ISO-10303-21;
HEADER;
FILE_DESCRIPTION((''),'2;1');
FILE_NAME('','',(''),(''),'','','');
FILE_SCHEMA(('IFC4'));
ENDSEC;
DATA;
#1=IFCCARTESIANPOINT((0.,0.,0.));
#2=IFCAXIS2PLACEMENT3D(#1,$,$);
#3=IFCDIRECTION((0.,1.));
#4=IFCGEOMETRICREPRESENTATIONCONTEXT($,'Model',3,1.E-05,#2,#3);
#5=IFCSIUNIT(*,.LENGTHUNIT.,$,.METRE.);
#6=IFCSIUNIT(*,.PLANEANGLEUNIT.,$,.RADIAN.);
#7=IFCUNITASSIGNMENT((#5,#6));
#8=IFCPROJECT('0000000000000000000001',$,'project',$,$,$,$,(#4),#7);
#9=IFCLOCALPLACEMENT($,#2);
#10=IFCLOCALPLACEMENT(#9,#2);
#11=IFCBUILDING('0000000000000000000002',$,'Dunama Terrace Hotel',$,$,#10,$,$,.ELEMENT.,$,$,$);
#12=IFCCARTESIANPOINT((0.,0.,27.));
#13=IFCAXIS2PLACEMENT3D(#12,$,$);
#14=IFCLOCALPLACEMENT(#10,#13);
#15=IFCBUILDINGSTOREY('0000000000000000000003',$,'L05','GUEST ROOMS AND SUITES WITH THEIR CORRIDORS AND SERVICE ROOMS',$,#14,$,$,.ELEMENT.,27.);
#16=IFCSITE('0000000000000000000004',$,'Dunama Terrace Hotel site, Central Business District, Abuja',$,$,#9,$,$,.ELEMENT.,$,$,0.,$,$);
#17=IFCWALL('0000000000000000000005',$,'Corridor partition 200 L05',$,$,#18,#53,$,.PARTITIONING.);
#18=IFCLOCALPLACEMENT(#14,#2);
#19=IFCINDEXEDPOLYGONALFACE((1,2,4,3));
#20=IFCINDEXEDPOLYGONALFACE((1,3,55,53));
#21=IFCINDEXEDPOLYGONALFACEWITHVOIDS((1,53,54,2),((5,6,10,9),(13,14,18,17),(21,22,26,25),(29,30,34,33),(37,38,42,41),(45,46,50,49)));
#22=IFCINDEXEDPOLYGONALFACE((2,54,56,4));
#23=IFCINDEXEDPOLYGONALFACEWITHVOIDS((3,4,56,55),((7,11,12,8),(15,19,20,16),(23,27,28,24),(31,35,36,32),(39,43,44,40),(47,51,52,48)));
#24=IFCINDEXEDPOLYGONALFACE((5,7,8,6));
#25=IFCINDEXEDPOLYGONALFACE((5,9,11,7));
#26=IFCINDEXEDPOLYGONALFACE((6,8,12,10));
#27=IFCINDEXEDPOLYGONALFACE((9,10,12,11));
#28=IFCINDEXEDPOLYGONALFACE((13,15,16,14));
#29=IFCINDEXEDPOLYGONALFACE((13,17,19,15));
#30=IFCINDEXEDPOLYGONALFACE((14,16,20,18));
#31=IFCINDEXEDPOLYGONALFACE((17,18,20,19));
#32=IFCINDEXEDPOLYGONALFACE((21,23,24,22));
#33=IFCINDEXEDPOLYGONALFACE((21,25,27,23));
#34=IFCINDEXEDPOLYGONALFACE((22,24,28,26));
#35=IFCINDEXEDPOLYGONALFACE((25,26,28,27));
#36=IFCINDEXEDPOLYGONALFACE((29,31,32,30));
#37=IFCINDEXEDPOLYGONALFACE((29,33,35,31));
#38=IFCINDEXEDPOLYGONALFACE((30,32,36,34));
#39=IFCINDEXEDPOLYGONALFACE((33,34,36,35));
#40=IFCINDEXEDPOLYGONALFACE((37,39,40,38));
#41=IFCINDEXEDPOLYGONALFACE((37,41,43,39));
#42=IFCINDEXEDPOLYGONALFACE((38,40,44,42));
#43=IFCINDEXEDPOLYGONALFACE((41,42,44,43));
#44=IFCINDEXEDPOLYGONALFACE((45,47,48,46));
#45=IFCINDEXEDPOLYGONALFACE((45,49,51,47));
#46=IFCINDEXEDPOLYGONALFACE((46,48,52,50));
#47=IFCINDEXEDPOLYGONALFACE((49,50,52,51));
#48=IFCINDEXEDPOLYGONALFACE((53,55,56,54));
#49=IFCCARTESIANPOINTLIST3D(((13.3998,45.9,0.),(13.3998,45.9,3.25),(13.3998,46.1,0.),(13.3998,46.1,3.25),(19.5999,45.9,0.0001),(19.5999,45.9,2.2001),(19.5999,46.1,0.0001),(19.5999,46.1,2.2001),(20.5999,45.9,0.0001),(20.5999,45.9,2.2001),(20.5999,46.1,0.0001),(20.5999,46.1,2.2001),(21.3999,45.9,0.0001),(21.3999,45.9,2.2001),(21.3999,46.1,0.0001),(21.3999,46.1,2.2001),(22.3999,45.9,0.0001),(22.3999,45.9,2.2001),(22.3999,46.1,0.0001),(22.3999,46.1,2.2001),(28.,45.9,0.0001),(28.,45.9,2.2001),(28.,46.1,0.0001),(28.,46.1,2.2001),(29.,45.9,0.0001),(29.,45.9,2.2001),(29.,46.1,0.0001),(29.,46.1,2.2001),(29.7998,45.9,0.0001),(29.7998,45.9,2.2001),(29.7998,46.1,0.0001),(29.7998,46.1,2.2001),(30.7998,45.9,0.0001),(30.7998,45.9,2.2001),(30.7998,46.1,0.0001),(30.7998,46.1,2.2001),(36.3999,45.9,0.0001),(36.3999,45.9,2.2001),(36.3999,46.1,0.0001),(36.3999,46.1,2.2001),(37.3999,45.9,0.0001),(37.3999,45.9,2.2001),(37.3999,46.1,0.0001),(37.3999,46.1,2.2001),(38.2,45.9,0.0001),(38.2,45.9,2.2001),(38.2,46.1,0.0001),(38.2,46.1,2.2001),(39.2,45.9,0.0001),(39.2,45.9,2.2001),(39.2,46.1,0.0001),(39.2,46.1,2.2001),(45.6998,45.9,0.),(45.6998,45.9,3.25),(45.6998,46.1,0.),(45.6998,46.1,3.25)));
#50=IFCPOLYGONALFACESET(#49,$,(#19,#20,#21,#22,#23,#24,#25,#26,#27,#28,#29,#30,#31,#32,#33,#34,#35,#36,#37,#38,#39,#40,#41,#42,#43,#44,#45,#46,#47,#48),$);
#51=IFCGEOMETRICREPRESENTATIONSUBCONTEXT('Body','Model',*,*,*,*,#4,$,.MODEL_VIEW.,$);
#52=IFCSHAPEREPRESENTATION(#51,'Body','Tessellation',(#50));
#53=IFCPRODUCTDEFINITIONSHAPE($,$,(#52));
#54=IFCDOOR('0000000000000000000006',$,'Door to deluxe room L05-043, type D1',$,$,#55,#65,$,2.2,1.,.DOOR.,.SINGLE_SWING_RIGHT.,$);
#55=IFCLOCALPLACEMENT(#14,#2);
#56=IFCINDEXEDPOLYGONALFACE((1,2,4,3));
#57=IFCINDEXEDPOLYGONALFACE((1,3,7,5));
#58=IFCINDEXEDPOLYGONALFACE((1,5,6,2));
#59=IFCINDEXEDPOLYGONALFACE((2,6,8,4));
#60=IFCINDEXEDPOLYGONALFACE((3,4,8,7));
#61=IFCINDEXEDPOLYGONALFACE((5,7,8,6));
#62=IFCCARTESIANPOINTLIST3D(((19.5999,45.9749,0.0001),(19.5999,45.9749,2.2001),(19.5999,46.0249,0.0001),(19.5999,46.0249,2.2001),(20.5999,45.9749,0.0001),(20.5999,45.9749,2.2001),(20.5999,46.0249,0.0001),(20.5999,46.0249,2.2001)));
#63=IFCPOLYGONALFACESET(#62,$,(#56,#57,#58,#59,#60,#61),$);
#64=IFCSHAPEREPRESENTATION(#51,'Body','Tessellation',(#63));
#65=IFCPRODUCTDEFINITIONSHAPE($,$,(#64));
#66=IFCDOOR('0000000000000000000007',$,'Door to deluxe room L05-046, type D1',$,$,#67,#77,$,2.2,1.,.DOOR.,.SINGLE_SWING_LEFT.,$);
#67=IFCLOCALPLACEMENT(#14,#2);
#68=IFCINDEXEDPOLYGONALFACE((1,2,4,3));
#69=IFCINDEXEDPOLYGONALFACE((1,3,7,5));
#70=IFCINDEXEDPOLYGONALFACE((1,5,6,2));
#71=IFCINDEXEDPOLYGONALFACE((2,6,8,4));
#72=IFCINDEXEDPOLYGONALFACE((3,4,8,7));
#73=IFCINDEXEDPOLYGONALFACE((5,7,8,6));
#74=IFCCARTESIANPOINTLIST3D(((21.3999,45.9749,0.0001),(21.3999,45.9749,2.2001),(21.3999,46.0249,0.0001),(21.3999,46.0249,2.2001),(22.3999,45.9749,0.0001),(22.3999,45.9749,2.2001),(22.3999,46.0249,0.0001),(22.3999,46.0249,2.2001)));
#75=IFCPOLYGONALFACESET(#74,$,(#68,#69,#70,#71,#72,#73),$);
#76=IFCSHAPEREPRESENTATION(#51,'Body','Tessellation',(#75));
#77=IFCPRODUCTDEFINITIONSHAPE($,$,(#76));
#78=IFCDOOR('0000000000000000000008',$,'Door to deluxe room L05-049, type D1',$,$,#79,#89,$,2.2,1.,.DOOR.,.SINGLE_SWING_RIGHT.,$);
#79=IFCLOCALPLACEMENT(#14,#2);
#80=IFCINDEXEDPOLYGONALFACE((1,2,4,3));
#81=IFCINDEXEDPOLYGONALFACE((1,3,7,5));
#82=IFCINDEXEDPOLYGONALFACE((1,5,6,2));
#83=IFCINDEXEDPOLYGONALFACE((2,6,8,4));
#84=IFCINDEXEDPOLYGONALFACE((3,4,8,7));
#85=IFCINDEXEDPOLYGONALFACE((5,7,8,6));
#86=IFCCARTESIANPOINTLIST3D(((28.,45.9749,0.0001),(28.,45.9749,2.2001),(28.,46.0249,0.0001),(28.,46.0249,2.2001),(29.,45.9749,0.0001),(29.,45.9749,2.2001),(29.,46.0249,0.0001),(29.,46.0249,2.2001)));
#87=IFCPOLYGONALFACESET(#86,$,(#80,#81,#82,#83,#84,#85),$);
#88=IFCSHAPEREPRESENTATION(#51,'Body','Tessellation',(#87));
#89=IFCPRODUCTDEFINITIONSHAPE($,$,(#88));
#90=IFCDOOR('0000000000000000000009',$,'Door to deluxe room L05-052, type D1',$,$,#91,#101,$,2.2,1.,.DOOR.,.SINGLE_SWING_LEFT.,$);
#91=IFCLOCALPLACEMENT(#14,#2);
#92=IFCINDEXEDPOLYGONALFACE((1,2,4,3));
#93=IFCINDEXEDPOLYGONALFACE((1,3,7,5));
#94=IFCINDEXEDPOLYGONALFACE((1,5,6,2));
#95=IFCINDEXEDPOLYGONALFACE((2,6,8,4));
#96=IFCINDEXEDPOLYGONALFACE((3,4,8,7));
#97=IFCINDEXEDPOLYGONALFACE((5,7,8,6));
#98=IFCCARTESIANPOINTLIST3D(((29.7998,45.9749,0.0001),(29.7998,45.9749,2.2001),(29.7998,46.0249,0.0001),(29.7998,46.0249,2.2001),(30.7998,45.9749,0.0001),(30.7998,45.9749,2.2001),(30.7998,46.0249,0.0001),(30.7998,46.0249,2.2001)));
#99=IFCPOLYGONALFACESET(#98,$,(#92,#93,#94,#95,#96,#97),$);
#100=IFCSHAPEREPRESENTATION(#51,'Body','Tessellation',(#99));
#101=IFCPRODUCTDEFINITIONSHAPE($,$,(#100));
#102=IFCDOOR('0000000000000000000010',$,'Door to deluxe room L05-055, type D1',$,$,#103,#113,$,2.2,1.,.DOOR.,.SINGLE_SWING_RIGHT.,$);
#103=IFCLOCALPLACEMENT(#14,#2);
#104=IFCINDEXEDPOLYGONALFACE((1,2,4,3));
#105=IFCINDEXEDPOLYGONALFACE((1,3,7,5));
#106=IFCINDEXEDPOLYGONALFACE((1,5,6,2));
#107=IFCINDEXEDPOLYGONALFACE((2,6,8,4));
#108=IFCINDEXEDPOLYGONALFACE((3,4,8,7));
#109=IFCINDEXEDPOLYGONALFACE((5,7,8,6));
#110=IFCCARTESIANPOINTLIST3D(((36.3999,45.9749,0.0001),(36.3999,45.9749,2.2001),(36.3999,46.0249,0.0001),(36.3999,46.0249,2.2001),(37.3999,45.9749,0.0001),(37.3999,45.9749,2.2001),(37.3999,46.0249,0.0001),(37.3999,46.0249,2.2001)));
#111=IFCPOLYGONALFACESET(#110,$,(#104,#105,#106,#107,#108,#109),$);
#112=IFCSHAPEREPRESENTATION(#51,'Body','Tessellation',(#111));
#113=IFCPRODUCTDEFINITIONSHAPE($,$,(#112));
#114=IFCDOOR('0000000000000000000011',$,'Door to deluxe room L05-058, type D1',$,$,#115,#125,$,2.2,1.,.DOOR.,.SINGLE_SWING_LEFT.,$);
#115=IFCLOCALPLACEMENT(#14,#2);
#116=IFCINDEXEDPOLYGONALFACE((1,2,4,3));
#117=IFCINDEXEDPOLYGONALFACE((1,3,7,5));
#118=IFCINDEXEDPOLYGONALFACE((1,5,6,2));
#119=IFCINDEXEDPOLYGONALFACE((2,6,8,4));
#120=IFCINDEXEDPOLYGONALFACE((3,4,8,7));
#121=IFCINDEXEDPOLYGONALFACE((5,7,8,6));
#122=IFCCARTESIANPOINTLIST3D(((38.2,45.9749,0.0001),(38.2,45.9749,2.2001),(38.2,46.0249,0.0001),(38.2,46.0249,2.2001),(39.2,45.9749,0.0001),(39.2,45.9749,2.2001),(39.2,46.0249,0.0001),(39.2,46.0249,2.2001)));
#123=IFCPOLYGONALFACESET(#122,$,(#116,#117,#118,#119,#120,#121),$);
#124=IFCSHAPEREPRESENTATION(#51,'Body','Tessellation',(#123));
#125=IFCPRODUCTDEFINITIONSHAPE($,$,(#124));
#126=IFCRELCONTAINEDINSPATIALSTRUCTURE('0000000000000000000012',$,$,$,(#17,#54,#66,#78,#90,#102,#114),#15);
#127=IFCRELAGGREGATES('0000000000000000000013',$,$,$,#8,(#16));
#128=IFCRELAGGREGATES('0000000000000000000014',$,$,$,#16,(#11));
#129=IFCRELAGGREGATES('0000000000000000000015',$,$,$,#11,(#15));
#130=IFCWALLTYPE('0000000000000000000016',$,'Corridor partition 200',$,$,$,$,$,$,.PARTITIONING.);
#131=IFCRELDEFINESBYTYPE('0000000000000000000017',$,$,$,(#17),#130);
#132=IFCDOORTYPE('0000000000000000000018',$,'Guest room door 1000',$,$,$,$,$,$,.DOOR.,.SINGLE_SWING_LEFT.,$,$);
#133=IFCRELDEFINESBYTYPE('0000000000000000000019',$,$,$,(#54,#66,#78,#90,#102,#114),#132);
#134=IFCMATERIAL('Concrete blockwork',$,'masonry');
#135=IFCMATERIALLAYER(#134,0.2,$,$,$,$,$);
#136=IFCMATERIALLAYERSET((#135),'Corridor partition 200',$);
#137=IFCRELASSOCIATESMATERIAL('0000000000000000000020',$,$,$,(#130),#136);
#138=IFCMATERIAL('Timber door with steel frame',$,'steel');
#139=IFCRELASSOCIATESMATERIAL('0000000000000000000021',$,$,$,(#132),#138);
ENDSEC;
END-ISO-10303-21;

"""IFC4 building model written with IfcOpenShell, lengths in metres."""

from ifc_helpers import new_model, si_unit, direction, frame, frame_2d, origin, place, context, subcontext, project, spatial, rectangle, extrude, material, layer, layer_set, type_object, element, fill, save


model = new_model("IFC4")

# Units and contexts
model_context = context("Model", 3, precision=1e-05, world=origin(), true_north=direction((0.0, 1.0)))
body_context = subcontext(model_context, "Body", "Model", "MODEL_VIEW")
ifc_project = project(units=[si_unit("LENGTHUNIT", "METRE"), si_unit("PLANEANGLEUNIT", "RADIAN")], contexts=[model_context])

# Site, building, storey
site_placement = place(None, origin())
site = spatial("IfcSite", under=ifc_project, at=site_placement, Name="Dunama Terrace Hotel site, Central Business District, Abuja", CompositionType="ELEMENT", RefElevation=0.0)
building_placement = place(site_placement, origin())
building = spatial("IfcBuilding", under=site, at=building_placement, Name="Dunama Terrace Hotel", CompositionType="ELEMENT")
storey_placement = place(building_placement, frame((0.0, 0.0, 27.0)))
storey = spatial("IfcBuildingStorey", under=building, at=storey_placement, Name="L05", Description="GUEST ROOMS AND SUITES WITH THEIR CORRIDORS AND SERVICE ROOMS", CompositionType="ELEMENT", Elevation=27.0)

# Shared definitions
ifc_material_1 = material(Name="Concrete blockwork", Category="masonry")
ifc_layer_1 = layer(ifc_material_1, 0.2)
ifc_layer_set_1 = layer_set([ifc_layer_1], Name="Corridor partition 200")
wall_type_1 = type_object("IfcWallType", Name="Corridor partition 200", PredefinedType="PARTITIONING", material=ifc_layer_set_1)
ifc_material_2 = material(Name="Timber door with steel frame", Category="steel")
door_type_1 = type_object("IfcDoorType", Name="Guest room door 1000", OperationType="SINGLE_SWING_LEFT", PredefinedType="DOOR", material=ifc_material_2)

# Wall, openings, doors
wall_1_placement = place(storey_placement, frame((13.3999, 46.0, 0.0), z_axis=(0.0, 0.0, 1.0), x_axis=(1.0, 0.0, 0.0)))
wall_1 = element("IfcWall", 1, at=wall_1_placement, inside=storey, type_object=wall_type_1, Name="Corridor partition 200 L05", PredefinedType="PARTITIONING", context=body_context, shape_type="SweptSolid", body=[
    extrude(rectangle(XDim=32.3, YDim=0.2, at=frame_2d((16.1499, 0.0))), origin(), (0.0, 0.0, 1.0), 3.25),
])
opening_1_placement = place(wall_1_placement, frame((6.2, 0.0, 0.0)))
opening_1 = element("IfcOpeningElement", 2, at=opening_1_placement, cuts=wall_1, PredefinedType="OPENING", context=body_context, shape_type="SweptSolid", body=[
    extrude(rectangle(XDim=1.0, YDim=2.2, at=frame_2d((0.5, 1.1001))), frame((0.0, 0.1099, 0.0), z_axis=(0.0, -1.0, 0.0), x_axis=(1.0, 0.0, 0.0)), (0.0, 0.0, 1.0), 0.22),
])
opening_2_placement = place(wall_1_placement, frame((8.0, 0.0, 0.0)))
opening_2 = element("IfcOpeningElement", 3, at=opening_2_placement, cuts=wall_1, PredefinedType="OPENING", context=body_context, shape_type="SweptSolid", body=[
    extrude(rectangle(XDim=1.0, YDim=2.2, at=frame_2d((0.5, 1.1001))), frame((0.0, 0.1099, 0.0), z_axis=(0.0, -1.0, 0.0), x_axis=(1.0, 0.0, 0.0)), (0.0, 0.0, 1.0), 0.22),
])
opening_3_placement = place(wall_1_placement, frame((14.6001, 0.0, 0.0)))
opening_3 = element("IfcOpeningElement", 4, at=opening_3_placement, cuts=wall_1, PredefinedType="OPENING", context=body_context, shape_type="SweptSolid", body=[
    extrude(rectangle(XDim=1.0, YDim=2.2, at=frame_2d((0.5, 1.1001))), frame((0.0, 0.1099, 0.0), z_axis=(0.0, -1.0, 0.0), x_axis=(1.0, 0.0, 0.0)), (0.0, 0.0, 1.0), 0.22),
])
opening_4_placement = place(wall_1_placement, frame((16.3999, 0.0, 0.0)))
opening_4 = element("IfcOpeningElement", 5, at=opening_4_placement, cuts=wall_1, PredefinedType="OPENING", context=body_context, shape_type="SweptSolid", body=[
    extrude(rectangle(XDim=1.0, YDim=2.2, at=frame_2d((0.5, 1.1001))), frame((0.0, 0.1099, 0.0), z_axis=(0.0, -1.0, 0.0), x_axis=(1.0, 0.0, 0.0)), (0.0, 0.0, 1.0), 0.22),
])
opening_5_placement = place(wall_1_placement, frame((23.0, 0.0, 0.0)))
opening_5 = element("IfcOpeningElement", 6, at=opening_5_placement, cuts=wall_1, PredefinedType="OPENING", context=body_context, shape_type="SweptSolid", body=[
    extrude(rectangle(XDim=1.0, YDim=2.2, at=frame_2d((0.5, 1.1001))), frame((0.0, 0.1099, 0.0), z_axis=(0.0, -1.0, 0.0), x_axis=(1.0, 0.0, 0.0)), (0.0, 0.0, 1.0), 0.22),
])
opening_6_placement = place(wall_1_placement, frame((24.8, 0.0, 0.0)))
opening_6 = element("IfcOpeningElement", 7, at=opening_6_placement, cuts=wall_1, PredefinedType="OPENING", context=body_context, shape_type="SweptSolid", body=[
    extrude(rectangle(XDim=1.0, YDim=2.2, at=frame_2d((0.5, 1.1001))), frame((0.0, 0.1099, 0.0), z_axis=(0.0, -1.0, 0.0), x_axis=(1.0, 0.0, 0.0)), (0.0, 0.0, 1.0), 0.22),
])
door_1_placement = place(opening_1_placement, origin())
door_1 = element("IfcDoor", 8, at=door_1_placement, inside=storey, type_object=door_type_1, Name="Door to deluxe room L05-043, type D1", OperationType="SINGLE_SWING_RIGHT", OverallHeight=2.2, OverallWidth=1.0, PredefinedType="DOOR", context=body_context, shape_type="SweptSolid", body=[
    extrude(rectangle(XDim=1.0, YDim=2.2, at=frame_2d((0.5, 1.1001))), frame((0.0, 0.0249, 0.0), z_axis=(0.0, -1.0, 0.0), x_axis=(1.0, 0.0, 0.0)), (0.0, 0.0, 1.0), 0.05),
])
fill(opening_1, door_1)
door_2_placement = place(opening_2_placement, origin())
door_2 = element("IfcDoor", 9, at=door_2_placement, inside=storey, type_object=door_type_1, Name="Door to deluxe room L05-046, type D1", OperationType="SINGLE_SWING_LEFT", OverallHeight=2.2, OverallWidth=1.0, PredefinedType="DOOR", context=body_context, shape_type="SweptSolid", body=[
    extrude(rectangle(XDim=1.0, YDim=2.2, at=frame_2d((0.5, 1.1001))), frame((0.0, 0.0249, 0.0), z_axis=(0.0, -1.0, 0.0), x_axis=(1.0, 0.0, 0.0)), (0.0, 0.0, 1.0), 0.05),
])
fill(opening_2, door_2)
door_3_placement = place(opening_3_placement, origin())
door_3 = element("IfcDoor", 10, at=door_3_placement, inside=storey, type_object=door_type_1, Name="Door to deluxe room L05-049, type D1", OperationType="SINGLE_SWING_RIGHT", OverallHeight=2.2, OverallWidth=1.0, PredefinedType="DOOR", context=body_context, shape_type="SweptSolid", body=[
    extrude(rectangle(XDim=1.0, YDim=2.2, at=frame_2d((0.5, 1.1001))), frame((0.0, 0.0249, 0.0), z_axis=(0.0, -1.0, 0.0), x_axis=(1.0, 0.0, 0.0)), (0.0, 0.0, 1.0), 0.05),
])
fill(opening_3, door_3)
door_4_placement = place(opening_4_placement, origin())
door_4 = element("IfcDoor", 11, at=door_4_placement, inside=storey, type_object=door_type_1, Name="Door to deluxe room L05-052, type D1", OperationType="SINGLE_SWING_LEFT", OverallHeight=2.2, OverallWidth=1.0, PredefinedType="DOOR", context=body_context, shape_type="SweptSolid", body=[
    extrude(rectangle(XDim=1.0, YDim=2.2, at=frame_2d((0.5, 1.1001))), frame((0.0, 0.0249, 0.0), z_axis=(0.0, -1.0, 0.0), x_axis=(1.0, 0.0, 0.0)), (0.0, 0.0, 1.0), 0.05),
])
fill(opening_4, door_4)
door_5_placement = place(opening_5_placement, origin())
door_5 = element("IfcDoor", 12, at=door_5_placement, inside=storey, type_object=door_type_1, Name="Door to deluxe room L05-055, type D1", OperationType="SINGLE_SWING_RIGHT", OverallHeight=2.2, OverallWidth=1.0, PredefinedType="DOOR", context=body_context, shape_type="SweptSolid", body=[
    extrude(rectangle(XDim=1.0, YDim=2.2, at=frame_2d((0.5, 1.1001))), frame((0.0, 0.0249, 0.0), z_axis=(0.0, -1.0, 0.0), x_axis=(1.0, 0.0, 0.0)), (0.0, 0.0, 1.0), 0.05),
])
fill(opening_5, door_5)
door_6_placement = place(opening_6_placement, origin())
door_6 = element("IfcDoor", 13, at=door_6_placement, inside=storey, type_object=door_type_1, Name="Door to deluxe room L05-058, type D1", OperationType="SINGLE_SWING_LEFT", OverallHeight=2.2, OverallWidth=1.0, PredefinedType="DOOR", context=body_context, shape_type="SweptSolid", body=[
    extrude(rectangle(XDim=1.0, YDim=2.2, at=frame_2d((0.5, 1.1001))), frame((0.0, 0.0249, 0.0), z_axis=(0.0, -1.0, 0.0), x_axis=(1.0, 0.0, 0.0)), (0.0, 0.0, 1.0), 0.05),
])
fill(opening_6, door_6)

save(model, "model.ifc")
